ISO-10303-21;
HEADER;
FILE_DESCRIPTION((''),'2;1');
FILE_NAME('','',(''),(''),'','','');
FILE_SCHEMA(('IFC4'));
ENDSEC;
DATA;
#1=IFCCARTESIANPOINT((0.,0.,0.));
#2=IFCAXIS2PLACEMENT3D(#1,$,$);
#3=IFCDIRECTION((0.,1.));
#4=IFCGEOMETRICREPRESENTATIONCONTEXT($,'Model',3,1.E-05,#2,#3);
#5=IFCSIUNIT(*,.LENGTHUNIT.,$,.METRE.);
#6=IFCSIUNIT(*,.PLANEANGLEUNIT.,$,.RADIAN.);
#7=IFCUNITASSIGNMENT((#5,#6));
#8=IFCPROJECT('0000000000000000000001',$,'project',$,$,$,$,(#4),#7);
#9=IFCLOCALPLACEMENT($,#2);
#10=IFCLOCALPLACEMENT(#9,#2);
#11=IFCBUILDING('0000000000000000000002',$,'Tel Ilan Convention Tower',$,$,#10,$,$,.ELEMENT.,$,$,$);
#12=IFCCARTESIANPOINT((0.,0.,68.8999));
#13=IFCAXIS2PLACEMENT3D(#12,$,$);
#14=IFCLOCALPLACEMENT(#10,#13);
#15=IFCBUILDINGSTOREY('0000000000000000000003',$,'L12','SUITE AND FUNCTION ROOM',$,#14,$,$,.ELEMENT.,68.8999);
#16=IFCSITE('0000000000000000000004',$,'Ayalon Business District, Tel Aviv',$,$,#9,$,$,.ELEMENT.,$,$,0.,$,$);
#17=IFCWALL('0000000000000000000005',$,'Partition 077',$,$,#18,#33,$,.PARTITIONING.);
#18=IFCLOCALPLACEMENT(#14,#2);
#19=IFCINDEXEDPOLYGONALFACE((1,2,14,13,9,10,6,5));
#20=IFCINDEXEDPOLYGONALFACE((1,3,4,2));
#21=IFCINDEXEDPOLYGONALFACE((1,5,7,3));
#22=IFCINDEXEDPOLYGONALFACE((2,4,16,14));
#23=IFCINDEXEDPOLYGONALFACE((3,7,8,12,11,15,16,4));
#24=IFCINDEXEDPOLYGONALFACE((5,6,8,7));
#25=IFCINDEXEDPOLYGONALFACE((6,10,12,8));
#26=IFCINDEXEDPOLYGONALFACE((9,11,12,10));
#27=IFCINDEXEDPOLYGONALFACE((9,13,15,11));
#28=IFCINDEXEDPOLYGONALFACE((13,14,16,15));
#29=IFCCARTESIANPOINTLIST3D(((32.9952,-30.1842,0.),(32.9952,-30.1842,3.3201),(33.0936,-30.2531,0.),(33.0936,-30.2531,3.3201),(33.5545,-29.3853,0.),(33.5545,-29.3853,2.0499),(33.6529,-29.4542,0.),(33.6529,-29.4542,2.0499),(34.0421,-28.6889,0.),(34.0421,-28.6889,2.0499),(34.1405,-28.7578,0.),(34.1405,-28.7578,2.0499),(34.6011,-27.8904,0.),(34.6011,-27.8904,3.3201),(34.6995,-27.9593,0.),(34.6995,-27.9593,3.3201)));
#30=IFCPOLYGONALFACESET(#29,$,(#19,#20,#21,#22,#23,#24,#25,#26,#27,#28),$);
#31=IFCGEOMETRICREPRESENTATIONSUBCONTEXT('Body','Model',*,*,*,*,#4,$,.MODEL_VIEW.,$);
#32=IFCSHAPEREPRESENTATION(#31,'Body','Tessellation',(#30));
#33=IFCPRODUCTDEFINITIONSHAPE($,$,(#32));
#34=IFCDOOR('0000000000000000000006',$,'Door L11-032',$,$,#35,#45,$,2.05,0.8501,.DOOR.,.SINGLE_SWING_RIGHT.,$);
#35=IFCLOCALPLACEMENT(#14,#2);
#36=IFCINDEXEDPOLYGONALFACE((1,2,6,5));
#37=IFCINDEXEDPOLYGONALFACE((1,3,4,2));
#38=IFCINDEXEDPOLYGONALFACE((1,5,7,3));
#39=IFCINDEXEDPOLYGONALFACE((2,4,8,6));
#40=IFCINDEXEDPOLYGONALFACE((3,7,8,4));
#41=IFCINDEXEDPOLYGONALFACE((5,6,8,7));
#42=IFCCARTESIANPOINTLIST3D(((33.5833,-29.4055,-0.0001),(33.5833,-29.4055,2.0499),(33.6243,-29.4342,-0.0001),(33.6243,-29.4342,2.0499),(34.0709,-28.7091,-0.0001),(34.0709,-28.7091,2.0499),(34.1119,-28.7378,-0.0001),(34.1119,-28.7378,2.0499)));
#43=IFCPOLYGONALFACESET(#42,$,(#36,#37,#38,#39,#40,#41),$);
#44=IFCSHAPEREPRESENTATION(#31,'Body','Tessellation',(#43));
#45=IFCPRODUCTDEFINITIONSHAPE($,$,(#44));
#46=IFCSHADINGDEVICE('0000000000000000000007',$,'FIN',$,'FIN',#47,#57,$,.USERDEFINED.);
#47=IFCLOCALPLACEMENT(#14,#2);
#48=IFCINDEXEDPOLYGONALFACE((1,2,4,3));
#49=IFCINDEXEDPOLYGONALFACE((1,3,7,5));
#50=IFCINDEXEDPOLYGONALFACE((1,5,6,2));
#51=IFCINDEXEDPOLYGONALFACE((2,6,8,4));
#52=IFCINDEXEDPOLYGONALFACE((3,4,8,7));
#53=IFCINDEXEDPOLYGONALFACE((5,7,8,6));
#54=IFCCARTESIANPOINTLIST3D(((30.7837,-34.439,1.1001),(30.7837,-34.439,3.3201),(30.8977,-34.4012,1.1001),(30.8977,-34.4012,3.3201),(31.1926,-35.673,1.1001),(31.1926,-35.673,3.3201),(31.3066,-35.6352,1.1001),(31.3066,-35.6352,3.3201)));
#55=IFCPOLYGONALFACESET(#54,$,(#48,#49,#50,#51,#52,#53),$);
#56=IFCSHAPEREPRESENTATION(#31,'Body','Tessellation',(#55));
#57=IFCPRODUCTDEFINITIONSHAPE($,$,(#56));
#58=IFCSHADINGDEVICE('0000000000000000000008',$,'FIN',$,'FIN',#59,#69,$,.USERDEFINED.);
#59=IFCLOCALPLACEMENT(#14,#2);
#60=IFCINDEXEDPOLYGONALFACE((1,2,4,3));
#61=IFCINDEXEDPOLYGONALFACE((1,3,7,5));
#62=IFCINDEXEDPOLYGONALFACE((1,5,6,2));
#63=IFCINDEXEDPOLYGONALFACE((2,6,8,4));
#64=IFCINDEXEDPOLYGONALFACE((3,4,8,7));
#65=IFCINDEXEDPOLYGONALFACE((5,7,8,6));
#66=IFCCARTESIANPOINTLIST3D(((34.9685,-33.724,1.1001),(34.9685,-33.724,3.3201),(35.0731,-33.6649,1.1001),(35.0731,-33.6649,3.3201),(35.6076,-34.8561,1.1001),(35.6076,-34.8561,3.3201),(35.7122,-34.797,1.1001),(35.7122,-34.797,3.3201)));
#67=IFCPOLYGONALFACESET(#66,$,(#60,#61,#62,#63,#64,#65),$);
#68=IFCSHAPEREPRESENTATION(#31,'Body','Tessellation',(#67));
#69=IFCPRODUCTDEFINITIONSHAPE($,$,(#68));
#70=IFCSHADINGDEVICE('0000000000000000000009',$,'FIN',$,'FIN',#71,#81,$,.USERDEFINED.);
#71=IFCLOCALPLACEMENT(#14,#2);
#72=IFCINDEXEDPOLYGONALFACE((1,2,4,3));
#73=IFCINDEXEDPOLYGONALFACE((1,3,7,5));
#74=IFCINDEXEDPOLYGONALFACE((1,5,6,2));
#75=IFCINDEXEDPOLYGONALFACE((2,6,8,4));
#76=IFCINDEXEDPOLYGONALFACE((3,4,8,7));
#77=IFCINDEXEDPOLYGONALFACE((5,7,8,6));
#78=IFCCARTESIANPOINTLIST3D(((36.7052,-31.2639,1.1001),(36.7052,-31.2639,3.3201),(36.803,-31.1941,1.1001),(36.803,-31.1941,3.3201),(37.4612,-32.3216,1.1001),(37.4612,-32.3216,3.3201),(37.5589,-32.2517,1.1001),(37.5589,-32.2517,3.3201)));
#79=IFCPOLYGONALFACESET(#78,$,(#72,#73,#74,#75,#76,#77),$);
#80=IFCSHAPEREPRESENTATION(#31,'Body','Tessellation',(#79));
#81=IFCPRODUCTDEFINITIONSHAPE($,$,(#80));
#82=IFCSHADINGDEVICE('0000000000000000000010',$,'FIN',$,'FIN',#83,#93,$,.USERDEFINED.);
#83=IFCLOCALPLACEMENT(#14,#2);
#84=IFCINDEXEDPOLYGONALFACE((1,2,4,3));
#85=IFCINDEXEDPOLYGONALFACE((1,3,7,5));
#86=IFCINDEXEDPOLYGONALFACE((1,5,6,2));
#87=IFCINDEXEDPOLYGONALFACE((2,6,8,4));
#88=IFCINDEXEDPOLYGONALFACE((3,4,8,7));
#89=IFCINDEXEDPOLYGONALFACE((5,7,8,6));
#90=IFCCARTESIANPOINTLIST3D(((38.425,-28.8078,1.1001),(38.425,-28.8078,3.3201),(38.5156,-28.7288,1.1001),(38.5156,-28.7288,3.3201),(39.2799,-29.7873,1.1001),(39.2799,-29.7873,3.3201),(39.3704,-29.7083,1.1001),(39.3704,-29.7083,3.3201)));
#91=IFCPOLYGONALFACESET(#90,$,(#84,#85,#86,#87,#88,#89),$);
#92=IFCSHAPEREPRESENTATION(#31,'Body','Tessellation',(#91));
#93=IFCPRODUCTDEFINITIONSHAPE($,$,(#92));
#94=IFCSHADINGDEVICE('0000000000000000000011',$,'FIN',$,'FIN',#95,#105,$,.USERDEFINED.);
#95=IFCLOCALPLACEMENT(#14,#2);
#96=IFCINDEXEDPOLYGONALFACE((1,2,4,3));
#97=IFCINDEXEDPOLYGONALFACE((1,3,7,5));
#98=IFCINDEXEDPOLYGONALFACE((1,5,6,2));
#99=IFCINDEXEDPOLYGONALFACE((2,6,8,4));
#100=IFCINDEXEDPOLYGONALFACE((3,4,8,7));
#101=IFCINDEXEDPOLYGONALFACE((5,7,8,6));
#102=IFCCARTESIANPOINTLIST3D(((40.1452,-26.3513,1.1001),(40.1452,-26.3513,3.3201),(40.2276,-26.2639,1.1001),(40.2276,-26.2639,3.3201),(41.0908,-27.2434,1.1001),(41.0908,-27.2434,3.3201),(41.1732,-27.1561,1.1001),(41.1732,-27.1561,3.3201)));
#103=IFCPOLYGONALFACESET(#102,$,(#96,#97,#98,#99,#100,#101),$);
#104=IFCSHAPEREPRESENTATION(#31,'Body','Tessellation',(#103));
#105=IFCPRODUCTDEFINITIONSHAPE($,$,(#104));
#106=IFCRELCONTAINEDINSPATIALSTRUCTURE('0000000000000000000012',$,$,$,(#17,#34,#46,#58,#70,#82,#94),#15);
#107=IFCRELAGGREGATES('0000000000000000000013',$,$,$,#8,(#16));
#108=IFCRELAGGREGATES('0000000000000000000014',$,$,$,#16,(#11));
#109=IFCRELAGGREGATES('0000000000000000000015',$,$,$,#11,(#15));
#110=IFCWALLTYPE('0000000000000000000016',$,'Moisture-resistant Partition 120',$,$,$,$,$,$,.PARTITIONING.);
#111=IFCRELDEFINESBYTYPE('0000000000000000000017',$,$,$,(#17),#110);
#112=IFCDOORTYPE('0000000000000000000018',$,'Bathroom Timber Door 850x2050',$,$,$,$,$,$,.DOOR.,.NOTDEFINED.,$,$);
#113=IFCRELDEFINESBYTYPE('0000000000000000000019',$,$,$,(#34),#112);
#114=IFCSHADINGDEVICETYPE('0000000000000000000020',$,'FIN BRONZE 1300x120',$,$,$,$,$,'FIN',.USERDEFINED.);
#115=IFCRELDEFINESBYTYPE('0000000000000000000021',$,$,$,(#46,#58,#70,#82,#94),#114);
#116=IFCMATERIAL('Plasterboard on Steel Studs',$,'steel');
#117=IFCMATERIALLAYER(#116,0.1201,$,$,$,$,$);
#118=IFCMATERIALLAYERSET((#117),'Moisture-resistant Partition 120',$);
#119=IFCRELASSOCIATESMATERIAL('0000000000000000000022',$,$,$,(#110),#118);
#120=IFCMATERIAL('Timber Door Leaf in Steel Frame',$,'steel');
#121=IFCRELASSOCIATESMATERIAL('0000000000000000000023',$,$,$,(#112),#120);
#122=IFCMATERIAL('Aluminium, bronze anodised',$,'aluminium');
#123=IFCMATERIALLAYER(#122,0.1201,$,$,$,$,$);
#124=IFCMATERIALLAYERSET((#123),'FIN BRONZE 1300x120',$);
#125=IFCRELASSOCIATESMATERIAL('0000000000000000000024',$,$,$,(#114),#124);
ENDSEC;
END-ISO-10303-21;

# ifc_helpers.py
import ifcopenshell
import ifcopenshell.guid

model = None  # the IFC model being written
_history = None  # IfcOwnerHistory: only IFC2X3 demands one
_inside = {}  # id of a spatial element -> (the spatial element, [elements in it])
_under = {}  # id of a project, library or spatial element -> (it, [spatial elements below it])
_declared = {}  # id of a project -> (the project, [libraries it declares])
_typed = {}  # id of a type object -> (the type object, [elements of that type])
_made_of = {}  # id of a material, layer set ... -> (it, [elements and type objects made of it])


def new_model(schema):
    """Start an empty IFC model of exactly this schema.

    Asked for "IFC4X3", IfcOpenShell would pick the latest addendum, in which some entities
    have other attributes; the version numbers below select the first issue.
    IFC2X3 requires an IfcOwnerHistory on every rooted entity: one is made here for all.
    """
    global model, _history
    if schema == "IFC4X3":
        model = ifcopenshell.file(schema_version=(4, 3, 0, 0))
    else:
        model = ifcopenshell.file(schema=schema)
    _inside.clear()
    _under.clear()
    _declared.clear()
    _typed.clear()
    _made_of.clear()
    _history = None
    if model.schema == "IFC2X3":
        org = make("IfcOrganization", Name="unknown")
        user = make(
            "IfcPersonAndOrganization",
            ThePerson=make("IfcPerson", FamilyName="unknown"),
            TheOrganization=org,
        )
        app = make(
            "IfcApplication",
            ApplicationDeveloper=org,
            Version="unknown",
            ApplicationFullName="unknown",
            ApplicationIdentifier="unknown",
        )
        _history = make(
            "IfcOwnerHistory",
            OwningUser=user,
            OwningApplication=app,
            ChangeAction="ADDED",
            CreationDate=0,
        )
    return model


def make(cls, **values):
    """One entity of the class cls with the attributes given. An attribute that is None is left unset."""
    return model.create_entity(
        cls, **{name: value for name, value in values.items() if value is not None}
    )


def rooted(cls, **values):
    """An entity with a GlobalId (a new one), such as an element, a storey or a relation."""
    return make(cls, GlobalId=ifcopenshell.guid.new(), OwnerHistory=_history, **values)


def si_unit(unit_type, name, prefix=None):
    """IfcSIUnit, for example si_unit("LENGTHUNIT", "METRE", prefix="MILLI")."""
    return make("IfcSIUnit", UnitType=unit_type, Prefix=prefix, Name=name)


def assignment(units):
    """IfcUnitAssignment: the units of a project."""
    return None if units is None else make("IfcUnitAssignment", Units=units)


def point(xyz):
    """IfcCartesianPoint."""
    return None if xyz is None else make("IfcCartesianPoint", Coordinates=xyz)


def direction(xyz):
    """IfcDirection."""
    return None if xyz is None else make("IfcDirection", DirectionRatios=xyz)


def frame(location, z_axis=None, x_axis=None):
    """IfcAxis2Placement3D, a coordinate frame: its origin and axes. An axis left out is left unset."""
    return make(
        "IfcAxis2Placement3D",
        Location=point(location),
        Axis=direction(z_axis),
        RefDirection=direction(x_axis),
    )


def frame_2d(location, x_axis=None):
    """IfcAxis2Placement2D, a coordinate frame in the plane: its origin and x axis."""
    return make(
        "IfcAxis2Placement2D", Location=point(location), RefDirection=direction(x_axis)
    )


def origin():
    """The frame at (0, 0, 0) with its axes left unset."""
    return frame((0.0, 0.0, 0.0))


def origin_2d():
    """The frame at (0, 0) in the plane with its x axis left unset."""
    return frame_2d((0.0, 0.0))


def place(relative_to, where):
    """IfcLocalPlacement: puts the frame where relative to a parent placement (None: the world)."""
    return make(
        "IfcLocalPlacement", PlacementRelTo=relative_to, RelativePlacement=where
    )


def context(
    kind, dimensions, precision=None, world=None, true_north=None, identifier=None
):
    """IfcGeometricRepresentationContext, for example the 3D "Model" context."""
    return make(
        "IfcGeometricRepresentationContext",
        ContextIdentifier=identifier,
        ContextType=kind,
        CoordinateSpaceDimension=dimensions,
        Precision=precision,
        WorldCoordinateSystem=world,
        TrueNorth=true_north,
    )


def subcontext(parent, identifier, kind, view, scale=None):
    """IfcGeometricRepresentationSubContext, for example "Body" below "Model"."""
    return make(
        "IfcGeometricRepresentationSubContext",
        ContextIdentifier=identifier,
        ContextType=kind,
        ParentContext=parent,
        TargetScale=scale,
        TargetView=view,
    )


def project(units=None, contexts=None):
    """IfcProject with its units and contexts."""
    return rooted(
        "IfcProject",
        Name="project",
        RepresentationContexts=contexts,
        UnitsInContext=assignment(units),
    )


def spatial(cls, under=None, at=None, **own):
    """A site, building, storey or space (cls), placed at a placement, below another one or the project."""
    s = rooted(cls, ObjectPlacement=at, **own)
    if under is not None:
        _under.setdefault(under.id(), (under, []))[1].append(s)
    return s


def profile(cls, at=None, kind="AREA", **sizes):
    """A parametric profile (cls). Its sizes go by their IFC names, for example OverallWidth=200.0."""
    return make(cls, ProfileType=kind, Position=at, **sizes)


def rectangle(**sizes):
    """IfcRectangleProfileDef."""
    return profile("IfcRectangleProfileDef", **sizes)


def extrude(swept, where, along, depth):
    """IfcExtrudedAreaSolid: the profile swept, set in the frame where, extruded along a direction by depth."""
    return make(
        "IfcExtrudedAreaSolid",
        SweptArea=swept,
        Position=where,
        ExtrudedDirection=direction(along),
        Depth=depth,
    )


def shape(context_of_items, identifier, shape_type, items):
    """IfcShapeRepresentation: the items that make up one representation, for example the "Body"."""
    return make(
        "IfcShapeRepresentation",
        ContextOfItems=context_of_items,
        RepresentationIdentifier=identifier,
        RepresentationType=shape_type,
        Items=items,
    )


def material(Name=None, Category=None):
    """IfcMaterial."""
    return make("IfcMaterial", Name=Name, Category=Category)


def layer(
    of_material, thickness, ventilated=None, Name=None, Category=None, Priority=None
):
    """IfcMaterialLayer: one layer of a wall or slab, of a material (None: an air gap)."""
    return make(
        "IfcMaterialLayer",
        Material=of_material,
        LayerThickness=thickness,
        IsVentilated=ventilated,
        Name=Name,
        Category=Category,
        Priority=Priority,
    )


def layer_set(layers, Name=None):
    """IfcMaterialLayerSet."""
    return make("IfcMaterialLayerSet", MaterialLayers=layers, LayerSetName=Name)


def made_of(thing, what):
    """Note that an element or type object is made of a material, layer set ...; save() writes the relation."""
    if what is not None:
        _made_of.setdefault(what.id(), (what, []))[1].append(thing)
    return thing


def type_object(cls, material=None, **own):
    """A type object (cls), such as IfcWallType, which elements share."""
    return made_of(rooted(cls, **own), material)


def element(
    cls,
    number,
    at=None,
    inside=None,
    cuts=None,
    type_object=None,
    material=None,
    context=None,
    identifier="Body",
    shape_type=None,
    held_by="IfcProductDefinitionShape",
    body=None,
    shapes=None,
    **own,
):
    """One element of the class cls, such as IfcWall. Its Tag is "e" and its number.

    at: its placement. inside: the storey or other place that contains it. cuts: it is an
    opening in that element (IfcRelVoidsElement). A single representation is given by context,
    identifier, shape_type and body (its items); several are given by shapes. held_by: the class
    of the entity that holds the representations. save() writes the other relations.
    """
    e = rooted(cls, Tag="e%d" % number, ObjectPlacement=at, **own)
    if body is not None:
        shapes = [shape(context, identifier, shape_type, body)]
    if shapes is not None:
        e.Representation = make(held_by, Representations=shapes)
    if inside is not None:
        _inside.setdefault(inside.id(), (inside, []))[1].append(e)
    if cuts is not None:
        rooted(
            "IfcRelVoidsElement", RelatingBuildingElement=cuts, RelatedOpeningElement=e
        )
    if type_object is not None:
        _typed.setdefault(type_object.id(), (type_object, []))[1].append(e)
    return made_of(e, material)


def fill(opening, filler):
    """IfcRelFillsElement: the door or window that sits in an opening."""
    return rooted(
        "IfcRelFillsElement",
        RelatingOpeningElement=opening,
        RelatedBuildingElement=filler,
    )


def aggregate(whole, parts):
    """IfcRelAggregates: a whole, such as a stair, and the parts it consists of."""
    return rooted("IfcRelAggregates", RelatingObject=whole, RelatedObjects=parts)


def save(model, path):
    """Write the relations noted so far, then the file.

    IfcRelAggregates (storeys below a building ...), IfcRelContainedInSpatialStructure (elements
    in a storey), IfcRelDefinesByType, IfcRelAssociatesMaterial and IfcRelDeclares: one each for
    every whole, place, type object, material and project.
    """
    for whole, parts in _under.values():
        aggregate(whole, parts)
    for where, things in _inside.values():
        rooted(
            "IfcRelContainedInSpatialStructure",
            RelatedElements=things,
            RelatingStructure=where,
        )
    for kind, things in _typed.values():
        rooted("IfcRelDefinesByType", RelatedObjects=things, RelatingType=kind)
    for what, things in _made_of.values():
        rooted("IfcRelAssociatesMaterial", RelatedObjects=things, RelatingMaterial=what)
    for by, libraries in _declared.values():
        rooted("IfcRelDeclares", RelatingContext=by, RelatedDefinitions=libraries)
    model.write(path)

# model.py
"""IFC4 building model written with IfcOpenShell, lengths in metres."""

from ifc_helpers import new_model, si_unit, direction, frame, frame_2d, origin, origin_2d, place, context, subcontext, project, spatial, rectangle, extrude, material, layer, layer_set, type_object, element, fill, save


model = new_model("IFC4")

# Units and contexts
model_context = context("Model", 3, precision=1e-05, world=origin(), true_north=direction((0.0, 1.0)))
body_context = subcontext(model_context, "Body", "Model", "MODEL_VIEW")
ifc_project = project(units=[si_unit("LENGTHUNIT", "METRE"), si_unit("PLANEANGLEUNIT", "RADIAN")], contexts=[model_context])

# Site, building, storey
site_placement = place(None, origin())
site = spatial("IfcSite", under=ifc_project, at=site_placement, Name="Ayalon Business District, Tel Aviv", CompositionType="ELEMENT", RefElevation=0.0)
building_placement = place(site_placement, origin())
building = spatial("IfcBuilding", under=site, at=building_placement, Name="Tel Ilan Convention Tower", CompositionType="ELEMENT")
storey_placement = place(building_placement, frame((0.0, 0.0, 68.8999)))
storey = spatial("IfcBuildingStorey", under=building, at=storey_placement, Name="L12", Description="SUITE AND FUNCTION ROOM", CompositionType="ELEMENT", Elevation=68.8999)

# Shared definitions
ifc_material_1 = material(Name="Plasterboard on Steel Studs", Category="steel")
ifc_layer_1 = layer(ifc_material_1, 0.1201)
ifc_layer_set_1 = layer_set([ifc_layer_1], Name="Moisture-resistant Partition 120")
wall_type_1 = type_object("IfcWallType", Name="Moisture-resistant Partition 120", PredefinedType="PARTITIONING", material=ifc_layer_set_1)

# Wall, opening, door
wall_1_placement = place(storey_placement, frame((33.0444, -30.2185, 0.0), z_axis=(0.0, 0.0, 1.0), x_axis=(0.57355, 0.81917, 0.0)))
wall_1 = element("IfcWall", 1, at=wall_1_placement, inside=storey, type_object=wall_type_1, Name="Partition 077", PredefinedType="PARTITIONING", context=body_context, shape_type="SweptSolid", body=[
    extrude(rectangle(XDim=2.8, YDim=0.1201, at=frame_2d((1.3999, 0.0))), origin(), (0.0, 0.0, 1.0), 3.3201),
])
opening_1_placement = place(wall_1_placement, frame((0.9751, 0.0, 0.0)))
opening_1 = element("IfcOpeningElement", 2, at=opening_1_placement, cuts=wall_1, PredefinedType="OPENING", context=body_context, shape_type="SweptSolid", body=[
    extrude(rectangle(XDim=0.8501, YDim=2.05, at=frame_2d((0.425, 1.0249))), frame((0.0, 0.0701, 0.0), z_axis=(0.0, -1.0, 0.0), x_axis=(1.0, 0.0, 0.0)), (0.0, 0.0, 1.0), 0.1401),
])
ifc_material_2 = material(Name="Timber Door Leaf in Steel Frame", Category="steel")
door_type_1 = type_object("IfcDoorType", Name="Bathroom Timber Door 850x2050", OperationType="NOTDEFINED", PredefinedType="DOOR", material=ifc_material_2)
door_1_placement = place(opening_1_placement, origin())
door_1 = element("IfcDoor", 3, at=door_1_placement, inside=storey, type_object=door_type_1, Name="Door L11-032", OperationType="SINGLE_SWING_RIGHT", OverallHeight=2.05, OverallWidth=0.8501, PredefinedType="DOOR", context=body_context, shape_type="SweptSolid", body=[
    extrude(rectangle(XDim=0.8501, YDim=2.05, at=frame_2d((0.425, 1.0249))), frame((0.0, 0.0249, 0.0), z_axis=(0.0, -1.0, 0.0), x_axis=(1.0, 0.0, 0.0)), (0.0, 0.0, 1.0), 0.05),
])
fill(opening_1, door_1)

# Shading devices
ifc_material_3 = material(Name="Aluminium, bronze anodised", Category="aluminium")
ifc_layer_2 = layer(ifc_material_3, 0.1201)
ifc_layer_set_2 = layer_set([ifc_layer_2], Name="FIN BRONZE 1300x120")
shading_device_type = type_object("IfcShadingDeviceType", Name="FIN BRONZE 1300x120", ElementType="FIN", PredefinedType="USERDEFINED", material=ifc_layer_set_2)
for number, where, z_axis, x_axis, name in (
    (4, (31.0452, -35.0371, 1.1001), (0.0, 0.0, 1.0), (0.314545, -0.949243, 0.0), "FIN"),
    (5, (35.3403, -34.2605, 1.1001), (0.0, 0.0, 1.0), (0.491579, -0.870833, 0.0), "FIN"),
    (6, (37.1321, -31.7578, 1.1001), (0.0, 0.0, 1.0), (0.581492, -0.813552, 0.0), "FIN"),
    (7, (38.8977, -29.2581, 1.1001), (0.0, 0.0, 1.0), (0.657521, -0.753436, 0.0), "FIN"),
    (8, (40.6592, -26.7537, 1.1001), (0.0, 0.0, 1.0), (0.727374, -0.686242, 0.0), "FIN"),
):
    element("IfcShadingDevice", number, at=place(storey_placement, frame(where, z_axis=z_axis, x_axis=x_axis)), inside=storey, type_object=shading_device_type, Name=name, ObjectType="FIN", PredefinedType="USERDEFINED", context=body_context, shape_type="SweptSolid", body=[
        extrude(rectangle(XDim=1.3, YDim=0.1201, at=origin_2d()), origin(), (0.0, 0.0, 1.0), 2.22),
    ])

save(model, "model.ifc")
